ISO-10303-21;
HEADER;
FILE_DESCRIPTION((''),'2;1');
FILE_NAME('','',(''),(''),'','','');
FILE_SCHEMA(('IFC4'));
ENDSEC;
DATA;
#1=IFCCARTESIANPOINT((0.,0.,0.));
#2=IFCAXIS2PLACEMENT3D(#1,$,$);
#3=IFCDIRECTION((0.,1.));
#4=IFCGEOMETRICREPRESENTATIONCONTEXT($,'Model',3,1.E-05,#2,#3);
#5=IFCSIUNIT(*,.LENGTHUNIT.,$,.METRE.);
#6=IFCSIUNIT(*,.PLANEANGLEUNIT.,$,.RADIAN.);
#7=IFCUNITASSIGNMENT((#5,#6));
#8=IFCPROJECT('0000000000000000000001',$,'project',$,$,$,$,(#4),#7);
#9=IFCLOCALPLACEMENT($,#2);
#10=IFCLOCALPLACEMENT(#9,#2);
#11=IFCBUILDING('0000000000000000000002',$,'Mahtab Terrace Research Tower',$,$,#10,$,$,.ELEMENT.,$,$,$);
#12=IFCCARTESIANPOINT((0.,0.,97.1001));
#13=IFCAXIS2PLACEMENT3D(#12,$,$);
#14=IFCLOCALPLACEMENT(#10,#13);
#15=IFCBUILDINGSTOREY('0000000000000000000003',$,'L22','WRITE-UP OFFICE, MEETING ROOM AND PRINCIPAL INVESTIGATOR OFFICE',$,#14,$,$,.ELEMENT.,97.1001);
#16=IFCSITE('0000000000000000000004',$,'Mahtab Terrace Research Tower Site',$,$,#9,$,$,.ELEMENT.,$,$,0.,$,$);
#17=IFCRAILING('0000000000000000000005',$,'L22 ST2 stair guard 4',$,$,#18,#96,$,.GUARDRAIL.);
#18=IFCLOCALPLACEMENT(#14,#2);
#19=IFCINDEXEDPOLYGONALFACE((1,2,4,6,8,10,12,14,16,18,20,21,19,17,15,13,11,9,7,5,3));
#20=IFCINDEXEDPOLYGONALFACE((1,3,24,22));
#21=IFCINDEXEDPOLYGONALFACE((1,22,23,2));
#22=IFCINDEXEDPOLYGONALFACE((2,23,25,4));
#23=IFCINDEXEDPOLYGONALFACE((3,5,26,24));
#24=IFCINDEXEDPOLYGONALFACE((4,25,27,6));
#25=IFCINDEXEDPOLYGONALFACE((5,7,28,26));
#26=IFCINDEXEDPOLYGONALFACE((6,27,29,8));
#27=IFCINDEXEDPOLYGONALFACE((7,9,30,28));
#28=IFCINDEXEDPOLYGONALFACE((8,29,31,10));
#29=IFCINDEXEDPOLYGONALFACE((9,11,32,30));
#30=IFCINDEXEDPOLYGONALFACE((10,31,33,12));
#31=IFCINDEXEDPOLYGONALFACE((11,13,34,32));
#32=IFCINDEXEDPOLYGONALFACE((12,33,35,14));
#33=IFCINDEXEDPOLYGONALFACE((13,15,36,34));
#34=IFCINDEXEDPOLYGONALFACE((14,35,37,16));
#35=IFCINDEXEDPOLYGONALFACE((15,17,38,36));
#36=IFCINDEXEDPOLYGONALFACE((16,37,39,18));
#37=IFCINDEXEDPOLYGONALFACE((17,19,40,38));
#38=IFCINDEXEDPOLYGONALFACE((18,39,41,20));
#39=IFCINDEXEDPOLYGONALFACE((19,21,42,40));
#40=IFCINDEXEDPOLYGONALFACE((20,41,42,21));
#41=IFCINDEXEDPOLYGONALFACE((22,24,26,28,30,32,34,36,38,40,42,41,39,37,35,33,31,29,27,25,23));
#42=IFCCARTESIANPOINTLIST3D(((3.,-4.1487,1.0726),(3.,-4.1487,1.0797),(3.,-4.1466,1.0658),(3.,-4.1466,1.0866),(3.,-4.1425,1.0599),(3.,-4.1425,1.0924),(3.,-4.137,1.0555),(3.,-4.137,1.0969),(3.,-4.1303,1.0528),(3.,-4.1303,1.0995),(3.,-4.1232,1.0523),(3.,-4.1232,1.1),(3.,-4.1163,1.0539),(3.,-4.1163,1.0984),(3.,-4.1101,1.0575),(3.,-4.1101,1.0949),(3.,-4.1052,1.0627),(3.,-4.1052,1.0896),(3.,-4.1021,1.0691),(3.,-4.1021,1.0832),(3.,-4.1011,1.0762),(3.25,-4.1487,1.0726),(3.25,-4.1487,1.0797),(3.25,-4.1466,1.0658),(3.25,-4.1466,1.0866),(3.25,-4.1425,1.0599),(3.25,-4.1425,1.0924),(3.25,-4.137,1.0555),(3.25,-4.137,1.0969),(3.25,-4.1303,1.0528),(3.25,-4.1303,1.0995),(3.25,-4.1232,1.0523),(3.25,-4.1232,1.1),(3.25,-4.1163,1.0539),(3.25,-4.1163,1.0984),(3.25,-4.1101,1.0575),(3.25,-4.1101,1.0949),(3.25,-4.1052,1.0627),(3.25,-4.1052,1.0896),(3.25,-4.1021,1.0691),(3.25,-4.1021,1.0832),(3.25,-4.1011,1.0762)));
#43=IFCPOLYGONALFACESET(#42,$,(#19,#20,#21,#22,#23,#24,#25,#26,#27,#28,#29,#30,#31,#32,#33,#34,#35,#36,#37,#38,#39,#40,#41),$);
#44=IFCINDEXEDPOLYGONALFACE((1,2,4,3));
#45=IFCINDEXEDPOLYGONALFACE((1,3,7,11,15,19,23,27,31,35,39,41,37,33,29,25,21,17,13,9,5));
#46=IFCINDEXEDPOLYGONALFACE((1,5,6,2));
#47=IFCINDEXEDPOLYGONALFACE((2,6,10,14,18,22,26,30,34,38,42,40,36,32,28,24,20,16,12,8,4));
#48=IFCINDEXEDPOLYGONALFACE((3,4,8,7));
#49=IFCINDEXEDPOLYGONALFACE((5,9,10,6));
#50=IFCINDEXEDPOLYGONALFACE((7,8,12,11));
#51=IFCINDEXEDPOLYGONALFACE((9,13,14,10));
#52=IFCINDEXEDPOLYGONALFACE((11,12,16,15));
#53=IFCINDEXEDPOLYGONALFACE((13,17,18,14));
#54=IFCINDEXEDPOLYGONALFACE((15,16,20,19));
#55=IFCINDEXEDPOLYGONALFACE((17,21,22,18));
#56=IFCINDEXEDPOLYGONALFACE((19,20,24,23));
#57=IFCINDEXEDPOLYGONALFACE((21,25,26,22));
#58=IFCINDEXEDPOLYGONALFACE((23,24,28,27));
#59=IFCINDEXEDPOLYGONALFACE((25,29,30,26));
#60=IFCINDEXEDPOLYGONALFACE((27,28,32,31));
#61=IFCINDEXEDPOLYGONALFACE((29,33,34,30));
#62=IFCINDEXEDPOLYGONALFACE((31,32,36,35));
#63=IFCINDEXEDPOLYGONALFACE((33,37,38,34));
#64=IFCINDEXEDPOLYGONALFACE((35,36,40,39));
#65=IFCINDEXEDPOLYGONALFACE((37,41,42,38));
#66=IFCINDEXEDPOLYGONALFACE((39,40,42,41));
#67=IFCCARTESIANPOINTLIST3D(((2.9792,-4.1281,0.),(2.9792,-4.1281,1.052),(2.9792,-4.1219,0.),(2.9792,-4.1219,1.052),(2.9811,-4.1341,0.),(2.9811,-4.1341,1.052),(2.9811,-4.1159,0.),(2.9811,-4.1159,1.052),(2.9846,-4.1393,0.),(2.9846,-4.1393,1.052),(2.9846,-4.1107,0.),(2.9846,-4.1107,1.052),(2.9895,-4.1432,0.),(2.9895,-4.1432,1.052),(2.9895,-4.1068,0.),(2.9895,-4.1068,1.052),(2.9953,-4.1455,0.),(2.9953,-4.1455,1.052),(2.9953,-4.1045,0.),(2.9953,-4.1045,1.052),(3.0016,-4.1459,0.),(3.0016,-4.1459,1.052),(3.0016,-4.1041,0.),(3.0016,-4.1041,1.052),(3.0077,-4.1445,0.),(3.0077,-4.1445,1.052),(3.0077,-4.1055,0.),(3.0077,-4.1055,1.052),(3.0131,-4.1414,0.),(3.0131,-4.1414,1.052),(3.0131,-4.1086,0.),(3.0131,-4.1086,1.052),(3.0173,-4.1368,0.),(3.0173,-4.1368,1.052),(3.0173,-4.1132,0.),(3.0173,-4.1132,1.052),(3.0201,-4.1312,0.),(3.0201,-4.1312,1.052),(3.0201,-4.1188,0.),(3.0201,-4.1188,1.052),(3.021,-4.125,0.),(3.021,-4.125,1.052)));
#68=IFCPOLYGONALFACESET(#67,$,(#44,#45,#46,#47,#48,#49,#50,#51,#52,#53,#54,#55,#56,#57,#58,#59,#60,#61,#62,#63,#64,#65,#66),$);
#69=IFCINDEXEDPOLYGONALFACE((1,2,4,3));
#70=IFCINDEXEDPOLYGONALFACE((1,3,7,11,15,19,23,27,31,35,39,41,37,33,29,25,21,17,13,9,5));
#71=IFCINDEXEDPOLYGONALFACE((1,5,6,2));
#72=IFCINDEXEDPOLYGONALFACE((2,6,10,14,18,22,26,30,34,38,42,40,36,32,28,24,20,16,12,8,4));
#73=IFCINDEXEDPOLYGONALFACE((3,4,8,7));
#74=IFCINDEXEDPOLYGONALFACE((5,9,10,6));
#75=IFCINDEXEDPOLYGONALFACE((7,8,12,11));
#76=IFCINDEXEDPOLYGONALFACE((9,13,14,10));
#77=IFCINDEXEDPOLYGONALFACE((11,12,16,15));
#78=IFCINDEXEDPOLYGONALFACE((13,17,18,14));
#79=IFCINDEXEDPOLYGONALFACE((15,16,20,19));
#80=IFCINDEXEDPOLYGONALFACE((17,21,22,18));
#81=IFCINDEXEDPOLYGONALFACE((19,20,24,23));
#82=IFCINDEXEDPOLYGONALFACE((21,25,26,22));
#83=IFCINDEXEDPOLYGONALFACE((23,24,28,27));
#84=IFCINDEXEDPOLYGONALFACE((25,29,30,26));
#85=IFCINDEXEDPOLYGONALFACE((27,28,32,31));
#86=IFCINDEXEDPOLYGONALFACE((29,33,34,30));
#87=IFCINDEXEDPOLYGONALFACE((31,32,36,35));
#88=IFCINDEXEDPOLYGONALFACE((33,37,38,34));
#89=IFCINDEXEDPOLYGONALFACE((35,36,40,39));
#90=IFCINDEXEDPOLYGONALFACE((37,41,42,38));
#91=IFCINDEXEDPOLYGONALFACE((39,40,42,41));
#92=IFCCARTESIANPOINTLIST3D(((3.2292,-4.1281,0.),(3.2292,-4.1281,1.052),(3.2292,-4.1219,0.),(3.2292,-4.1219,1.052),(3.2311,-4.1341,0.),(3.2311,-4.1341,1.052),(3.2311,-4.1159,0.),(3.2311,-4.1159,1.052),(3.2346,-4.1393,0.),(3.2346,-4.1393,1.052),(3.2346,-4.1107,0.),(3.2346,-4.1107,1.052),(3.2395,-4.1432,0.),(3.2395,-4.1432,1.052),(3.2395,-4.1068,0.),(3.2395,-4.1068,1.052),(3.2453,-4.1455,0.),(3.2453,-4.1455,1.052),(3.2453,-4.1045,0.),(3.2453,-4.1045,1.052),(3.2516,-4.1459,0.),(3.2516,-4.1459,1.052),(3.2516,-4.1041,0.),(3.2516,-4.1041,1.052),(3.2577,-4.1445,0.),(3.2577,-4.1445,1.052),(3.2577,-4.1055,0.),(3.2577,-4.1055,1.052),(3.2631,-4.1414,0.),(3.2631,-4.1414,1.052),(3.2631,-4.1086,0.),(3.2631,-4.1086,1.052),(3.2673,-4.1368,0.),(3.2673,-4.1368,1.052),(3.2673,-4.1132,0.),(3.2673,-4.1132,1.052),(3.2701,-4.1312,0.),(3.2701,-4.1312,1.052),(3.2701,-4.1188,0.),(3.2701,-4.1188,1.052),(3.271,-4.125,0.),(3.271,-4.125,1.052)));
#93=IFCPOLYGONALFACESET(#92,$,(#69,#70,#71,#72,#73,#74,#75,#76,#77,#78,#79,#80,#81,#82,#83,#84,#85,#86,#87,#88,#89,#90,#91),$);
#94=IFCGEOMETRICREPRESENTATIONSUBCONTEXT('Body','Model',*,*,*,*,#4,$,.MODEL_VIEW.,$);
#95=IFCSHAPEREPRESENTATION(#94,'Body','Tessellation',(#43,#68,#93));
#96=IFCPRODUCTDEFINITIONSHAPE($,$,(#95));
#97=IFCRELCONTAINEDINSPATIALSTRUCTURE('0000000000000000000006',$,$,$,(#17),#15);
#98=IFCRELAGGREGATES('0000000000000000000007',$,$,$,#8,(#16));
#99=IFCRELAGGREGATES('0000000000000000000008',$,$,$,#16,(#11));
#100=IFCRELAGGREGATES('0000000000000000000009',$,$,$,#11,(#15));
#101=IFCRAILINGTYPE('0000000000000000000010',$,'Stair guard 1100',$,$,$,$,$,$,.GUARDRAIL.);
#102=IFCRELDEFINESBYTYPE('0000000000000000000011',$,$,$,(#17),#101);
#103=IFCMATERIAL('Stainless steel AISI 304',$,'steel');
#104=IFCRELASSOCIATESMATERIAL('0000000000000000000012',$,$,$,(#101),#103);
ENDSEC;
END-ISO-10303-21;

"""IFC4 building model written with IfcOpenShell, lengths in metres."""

from ifc_helpers import new_model, si_unit, direction, frame, origin, origin_2d, place, context, subcontext, project, spatial, circle, extrude, material, type_object, element, save


model = new_model("IFC4")

# Units and contexts
model_context = context("Model", 3, precision=1e-05, world=origin(), true_north=direction((0.0, 1.0)))
body_context = subcontext(model_context, "Body", "Model", "MODEL_VIEW")
ifc_project = project(units=[si_unit("LENGTHUNIT", "METRE"), si_unit("PLANEANGLEUNIT", "RADIAN")], contexts=[model_context])

# Site, building, storey
site_placement = place(None, origin())
site = spatial("IfcSite", under=ifc_project, at=site_placement, Name="Mahtab Terrace Research Tower Site", CompositionType="ELEMENT", RefElevation=0.0)
building_placement = place(site_placement, origin())
building = spatial("IfcBuilding", under=site, at=building_placement, Name="Mahtab Terrace Research Tower", CompositionType="ELEMENT")
storey_placement = place(building_placement, frame((0.0, 0.0, 97.1001)))
storey = spatial("IfcBuildingStorey", under=building, at=storey_placement, Name="L22", Description="WRITE-UP OFFICE, MEETING ROOM AND PRINCIPAL INVESTIGATOR OFFICE", CompositionType="ELEMENT", Elevation=97.1001)

# Railing
ifc_material_1 = material(Name="Stainless steel AISI 304", Category="steel")
railing_type_1 = type_object("IfcRailingType", Name="Stair guard 1100", PredefinedType="GUARDRAIL", material=ifc_material_1)
railing_1_placement = place(storey_placement, frame((3.0, -4.125, 0.0)))
element("IfcRailing", 1, at=railing_1_placement, inside=storey, type_object=railing_type_1, Name="L22 ST2 stair guard 4", PredefinedType="GUARDRAIL", context=body_context, shape_type="SweptSolid", body=[
    extrude(circle(Radius=0.0239, at=origin_2d()), frame((0.0, 0.0, 1.0762), z_axis=(1.0, 0.0, 0.0), x_axis=(0.0, 1.0, 0.0)), (0.0, 0.0, 1.0), 0.25),
    extrude(circle(Radius=0.021, at=origin_2d()), origin(), (0.0, 0.0, 1.0), 1.052),
    extrude(circle(Radius=0.021, at=origin_2d()), frame((0.25, 0.0, 0.0)), (0.0, 0.0, 1.0), 1.052),
])

save(model, "model.ifc")
